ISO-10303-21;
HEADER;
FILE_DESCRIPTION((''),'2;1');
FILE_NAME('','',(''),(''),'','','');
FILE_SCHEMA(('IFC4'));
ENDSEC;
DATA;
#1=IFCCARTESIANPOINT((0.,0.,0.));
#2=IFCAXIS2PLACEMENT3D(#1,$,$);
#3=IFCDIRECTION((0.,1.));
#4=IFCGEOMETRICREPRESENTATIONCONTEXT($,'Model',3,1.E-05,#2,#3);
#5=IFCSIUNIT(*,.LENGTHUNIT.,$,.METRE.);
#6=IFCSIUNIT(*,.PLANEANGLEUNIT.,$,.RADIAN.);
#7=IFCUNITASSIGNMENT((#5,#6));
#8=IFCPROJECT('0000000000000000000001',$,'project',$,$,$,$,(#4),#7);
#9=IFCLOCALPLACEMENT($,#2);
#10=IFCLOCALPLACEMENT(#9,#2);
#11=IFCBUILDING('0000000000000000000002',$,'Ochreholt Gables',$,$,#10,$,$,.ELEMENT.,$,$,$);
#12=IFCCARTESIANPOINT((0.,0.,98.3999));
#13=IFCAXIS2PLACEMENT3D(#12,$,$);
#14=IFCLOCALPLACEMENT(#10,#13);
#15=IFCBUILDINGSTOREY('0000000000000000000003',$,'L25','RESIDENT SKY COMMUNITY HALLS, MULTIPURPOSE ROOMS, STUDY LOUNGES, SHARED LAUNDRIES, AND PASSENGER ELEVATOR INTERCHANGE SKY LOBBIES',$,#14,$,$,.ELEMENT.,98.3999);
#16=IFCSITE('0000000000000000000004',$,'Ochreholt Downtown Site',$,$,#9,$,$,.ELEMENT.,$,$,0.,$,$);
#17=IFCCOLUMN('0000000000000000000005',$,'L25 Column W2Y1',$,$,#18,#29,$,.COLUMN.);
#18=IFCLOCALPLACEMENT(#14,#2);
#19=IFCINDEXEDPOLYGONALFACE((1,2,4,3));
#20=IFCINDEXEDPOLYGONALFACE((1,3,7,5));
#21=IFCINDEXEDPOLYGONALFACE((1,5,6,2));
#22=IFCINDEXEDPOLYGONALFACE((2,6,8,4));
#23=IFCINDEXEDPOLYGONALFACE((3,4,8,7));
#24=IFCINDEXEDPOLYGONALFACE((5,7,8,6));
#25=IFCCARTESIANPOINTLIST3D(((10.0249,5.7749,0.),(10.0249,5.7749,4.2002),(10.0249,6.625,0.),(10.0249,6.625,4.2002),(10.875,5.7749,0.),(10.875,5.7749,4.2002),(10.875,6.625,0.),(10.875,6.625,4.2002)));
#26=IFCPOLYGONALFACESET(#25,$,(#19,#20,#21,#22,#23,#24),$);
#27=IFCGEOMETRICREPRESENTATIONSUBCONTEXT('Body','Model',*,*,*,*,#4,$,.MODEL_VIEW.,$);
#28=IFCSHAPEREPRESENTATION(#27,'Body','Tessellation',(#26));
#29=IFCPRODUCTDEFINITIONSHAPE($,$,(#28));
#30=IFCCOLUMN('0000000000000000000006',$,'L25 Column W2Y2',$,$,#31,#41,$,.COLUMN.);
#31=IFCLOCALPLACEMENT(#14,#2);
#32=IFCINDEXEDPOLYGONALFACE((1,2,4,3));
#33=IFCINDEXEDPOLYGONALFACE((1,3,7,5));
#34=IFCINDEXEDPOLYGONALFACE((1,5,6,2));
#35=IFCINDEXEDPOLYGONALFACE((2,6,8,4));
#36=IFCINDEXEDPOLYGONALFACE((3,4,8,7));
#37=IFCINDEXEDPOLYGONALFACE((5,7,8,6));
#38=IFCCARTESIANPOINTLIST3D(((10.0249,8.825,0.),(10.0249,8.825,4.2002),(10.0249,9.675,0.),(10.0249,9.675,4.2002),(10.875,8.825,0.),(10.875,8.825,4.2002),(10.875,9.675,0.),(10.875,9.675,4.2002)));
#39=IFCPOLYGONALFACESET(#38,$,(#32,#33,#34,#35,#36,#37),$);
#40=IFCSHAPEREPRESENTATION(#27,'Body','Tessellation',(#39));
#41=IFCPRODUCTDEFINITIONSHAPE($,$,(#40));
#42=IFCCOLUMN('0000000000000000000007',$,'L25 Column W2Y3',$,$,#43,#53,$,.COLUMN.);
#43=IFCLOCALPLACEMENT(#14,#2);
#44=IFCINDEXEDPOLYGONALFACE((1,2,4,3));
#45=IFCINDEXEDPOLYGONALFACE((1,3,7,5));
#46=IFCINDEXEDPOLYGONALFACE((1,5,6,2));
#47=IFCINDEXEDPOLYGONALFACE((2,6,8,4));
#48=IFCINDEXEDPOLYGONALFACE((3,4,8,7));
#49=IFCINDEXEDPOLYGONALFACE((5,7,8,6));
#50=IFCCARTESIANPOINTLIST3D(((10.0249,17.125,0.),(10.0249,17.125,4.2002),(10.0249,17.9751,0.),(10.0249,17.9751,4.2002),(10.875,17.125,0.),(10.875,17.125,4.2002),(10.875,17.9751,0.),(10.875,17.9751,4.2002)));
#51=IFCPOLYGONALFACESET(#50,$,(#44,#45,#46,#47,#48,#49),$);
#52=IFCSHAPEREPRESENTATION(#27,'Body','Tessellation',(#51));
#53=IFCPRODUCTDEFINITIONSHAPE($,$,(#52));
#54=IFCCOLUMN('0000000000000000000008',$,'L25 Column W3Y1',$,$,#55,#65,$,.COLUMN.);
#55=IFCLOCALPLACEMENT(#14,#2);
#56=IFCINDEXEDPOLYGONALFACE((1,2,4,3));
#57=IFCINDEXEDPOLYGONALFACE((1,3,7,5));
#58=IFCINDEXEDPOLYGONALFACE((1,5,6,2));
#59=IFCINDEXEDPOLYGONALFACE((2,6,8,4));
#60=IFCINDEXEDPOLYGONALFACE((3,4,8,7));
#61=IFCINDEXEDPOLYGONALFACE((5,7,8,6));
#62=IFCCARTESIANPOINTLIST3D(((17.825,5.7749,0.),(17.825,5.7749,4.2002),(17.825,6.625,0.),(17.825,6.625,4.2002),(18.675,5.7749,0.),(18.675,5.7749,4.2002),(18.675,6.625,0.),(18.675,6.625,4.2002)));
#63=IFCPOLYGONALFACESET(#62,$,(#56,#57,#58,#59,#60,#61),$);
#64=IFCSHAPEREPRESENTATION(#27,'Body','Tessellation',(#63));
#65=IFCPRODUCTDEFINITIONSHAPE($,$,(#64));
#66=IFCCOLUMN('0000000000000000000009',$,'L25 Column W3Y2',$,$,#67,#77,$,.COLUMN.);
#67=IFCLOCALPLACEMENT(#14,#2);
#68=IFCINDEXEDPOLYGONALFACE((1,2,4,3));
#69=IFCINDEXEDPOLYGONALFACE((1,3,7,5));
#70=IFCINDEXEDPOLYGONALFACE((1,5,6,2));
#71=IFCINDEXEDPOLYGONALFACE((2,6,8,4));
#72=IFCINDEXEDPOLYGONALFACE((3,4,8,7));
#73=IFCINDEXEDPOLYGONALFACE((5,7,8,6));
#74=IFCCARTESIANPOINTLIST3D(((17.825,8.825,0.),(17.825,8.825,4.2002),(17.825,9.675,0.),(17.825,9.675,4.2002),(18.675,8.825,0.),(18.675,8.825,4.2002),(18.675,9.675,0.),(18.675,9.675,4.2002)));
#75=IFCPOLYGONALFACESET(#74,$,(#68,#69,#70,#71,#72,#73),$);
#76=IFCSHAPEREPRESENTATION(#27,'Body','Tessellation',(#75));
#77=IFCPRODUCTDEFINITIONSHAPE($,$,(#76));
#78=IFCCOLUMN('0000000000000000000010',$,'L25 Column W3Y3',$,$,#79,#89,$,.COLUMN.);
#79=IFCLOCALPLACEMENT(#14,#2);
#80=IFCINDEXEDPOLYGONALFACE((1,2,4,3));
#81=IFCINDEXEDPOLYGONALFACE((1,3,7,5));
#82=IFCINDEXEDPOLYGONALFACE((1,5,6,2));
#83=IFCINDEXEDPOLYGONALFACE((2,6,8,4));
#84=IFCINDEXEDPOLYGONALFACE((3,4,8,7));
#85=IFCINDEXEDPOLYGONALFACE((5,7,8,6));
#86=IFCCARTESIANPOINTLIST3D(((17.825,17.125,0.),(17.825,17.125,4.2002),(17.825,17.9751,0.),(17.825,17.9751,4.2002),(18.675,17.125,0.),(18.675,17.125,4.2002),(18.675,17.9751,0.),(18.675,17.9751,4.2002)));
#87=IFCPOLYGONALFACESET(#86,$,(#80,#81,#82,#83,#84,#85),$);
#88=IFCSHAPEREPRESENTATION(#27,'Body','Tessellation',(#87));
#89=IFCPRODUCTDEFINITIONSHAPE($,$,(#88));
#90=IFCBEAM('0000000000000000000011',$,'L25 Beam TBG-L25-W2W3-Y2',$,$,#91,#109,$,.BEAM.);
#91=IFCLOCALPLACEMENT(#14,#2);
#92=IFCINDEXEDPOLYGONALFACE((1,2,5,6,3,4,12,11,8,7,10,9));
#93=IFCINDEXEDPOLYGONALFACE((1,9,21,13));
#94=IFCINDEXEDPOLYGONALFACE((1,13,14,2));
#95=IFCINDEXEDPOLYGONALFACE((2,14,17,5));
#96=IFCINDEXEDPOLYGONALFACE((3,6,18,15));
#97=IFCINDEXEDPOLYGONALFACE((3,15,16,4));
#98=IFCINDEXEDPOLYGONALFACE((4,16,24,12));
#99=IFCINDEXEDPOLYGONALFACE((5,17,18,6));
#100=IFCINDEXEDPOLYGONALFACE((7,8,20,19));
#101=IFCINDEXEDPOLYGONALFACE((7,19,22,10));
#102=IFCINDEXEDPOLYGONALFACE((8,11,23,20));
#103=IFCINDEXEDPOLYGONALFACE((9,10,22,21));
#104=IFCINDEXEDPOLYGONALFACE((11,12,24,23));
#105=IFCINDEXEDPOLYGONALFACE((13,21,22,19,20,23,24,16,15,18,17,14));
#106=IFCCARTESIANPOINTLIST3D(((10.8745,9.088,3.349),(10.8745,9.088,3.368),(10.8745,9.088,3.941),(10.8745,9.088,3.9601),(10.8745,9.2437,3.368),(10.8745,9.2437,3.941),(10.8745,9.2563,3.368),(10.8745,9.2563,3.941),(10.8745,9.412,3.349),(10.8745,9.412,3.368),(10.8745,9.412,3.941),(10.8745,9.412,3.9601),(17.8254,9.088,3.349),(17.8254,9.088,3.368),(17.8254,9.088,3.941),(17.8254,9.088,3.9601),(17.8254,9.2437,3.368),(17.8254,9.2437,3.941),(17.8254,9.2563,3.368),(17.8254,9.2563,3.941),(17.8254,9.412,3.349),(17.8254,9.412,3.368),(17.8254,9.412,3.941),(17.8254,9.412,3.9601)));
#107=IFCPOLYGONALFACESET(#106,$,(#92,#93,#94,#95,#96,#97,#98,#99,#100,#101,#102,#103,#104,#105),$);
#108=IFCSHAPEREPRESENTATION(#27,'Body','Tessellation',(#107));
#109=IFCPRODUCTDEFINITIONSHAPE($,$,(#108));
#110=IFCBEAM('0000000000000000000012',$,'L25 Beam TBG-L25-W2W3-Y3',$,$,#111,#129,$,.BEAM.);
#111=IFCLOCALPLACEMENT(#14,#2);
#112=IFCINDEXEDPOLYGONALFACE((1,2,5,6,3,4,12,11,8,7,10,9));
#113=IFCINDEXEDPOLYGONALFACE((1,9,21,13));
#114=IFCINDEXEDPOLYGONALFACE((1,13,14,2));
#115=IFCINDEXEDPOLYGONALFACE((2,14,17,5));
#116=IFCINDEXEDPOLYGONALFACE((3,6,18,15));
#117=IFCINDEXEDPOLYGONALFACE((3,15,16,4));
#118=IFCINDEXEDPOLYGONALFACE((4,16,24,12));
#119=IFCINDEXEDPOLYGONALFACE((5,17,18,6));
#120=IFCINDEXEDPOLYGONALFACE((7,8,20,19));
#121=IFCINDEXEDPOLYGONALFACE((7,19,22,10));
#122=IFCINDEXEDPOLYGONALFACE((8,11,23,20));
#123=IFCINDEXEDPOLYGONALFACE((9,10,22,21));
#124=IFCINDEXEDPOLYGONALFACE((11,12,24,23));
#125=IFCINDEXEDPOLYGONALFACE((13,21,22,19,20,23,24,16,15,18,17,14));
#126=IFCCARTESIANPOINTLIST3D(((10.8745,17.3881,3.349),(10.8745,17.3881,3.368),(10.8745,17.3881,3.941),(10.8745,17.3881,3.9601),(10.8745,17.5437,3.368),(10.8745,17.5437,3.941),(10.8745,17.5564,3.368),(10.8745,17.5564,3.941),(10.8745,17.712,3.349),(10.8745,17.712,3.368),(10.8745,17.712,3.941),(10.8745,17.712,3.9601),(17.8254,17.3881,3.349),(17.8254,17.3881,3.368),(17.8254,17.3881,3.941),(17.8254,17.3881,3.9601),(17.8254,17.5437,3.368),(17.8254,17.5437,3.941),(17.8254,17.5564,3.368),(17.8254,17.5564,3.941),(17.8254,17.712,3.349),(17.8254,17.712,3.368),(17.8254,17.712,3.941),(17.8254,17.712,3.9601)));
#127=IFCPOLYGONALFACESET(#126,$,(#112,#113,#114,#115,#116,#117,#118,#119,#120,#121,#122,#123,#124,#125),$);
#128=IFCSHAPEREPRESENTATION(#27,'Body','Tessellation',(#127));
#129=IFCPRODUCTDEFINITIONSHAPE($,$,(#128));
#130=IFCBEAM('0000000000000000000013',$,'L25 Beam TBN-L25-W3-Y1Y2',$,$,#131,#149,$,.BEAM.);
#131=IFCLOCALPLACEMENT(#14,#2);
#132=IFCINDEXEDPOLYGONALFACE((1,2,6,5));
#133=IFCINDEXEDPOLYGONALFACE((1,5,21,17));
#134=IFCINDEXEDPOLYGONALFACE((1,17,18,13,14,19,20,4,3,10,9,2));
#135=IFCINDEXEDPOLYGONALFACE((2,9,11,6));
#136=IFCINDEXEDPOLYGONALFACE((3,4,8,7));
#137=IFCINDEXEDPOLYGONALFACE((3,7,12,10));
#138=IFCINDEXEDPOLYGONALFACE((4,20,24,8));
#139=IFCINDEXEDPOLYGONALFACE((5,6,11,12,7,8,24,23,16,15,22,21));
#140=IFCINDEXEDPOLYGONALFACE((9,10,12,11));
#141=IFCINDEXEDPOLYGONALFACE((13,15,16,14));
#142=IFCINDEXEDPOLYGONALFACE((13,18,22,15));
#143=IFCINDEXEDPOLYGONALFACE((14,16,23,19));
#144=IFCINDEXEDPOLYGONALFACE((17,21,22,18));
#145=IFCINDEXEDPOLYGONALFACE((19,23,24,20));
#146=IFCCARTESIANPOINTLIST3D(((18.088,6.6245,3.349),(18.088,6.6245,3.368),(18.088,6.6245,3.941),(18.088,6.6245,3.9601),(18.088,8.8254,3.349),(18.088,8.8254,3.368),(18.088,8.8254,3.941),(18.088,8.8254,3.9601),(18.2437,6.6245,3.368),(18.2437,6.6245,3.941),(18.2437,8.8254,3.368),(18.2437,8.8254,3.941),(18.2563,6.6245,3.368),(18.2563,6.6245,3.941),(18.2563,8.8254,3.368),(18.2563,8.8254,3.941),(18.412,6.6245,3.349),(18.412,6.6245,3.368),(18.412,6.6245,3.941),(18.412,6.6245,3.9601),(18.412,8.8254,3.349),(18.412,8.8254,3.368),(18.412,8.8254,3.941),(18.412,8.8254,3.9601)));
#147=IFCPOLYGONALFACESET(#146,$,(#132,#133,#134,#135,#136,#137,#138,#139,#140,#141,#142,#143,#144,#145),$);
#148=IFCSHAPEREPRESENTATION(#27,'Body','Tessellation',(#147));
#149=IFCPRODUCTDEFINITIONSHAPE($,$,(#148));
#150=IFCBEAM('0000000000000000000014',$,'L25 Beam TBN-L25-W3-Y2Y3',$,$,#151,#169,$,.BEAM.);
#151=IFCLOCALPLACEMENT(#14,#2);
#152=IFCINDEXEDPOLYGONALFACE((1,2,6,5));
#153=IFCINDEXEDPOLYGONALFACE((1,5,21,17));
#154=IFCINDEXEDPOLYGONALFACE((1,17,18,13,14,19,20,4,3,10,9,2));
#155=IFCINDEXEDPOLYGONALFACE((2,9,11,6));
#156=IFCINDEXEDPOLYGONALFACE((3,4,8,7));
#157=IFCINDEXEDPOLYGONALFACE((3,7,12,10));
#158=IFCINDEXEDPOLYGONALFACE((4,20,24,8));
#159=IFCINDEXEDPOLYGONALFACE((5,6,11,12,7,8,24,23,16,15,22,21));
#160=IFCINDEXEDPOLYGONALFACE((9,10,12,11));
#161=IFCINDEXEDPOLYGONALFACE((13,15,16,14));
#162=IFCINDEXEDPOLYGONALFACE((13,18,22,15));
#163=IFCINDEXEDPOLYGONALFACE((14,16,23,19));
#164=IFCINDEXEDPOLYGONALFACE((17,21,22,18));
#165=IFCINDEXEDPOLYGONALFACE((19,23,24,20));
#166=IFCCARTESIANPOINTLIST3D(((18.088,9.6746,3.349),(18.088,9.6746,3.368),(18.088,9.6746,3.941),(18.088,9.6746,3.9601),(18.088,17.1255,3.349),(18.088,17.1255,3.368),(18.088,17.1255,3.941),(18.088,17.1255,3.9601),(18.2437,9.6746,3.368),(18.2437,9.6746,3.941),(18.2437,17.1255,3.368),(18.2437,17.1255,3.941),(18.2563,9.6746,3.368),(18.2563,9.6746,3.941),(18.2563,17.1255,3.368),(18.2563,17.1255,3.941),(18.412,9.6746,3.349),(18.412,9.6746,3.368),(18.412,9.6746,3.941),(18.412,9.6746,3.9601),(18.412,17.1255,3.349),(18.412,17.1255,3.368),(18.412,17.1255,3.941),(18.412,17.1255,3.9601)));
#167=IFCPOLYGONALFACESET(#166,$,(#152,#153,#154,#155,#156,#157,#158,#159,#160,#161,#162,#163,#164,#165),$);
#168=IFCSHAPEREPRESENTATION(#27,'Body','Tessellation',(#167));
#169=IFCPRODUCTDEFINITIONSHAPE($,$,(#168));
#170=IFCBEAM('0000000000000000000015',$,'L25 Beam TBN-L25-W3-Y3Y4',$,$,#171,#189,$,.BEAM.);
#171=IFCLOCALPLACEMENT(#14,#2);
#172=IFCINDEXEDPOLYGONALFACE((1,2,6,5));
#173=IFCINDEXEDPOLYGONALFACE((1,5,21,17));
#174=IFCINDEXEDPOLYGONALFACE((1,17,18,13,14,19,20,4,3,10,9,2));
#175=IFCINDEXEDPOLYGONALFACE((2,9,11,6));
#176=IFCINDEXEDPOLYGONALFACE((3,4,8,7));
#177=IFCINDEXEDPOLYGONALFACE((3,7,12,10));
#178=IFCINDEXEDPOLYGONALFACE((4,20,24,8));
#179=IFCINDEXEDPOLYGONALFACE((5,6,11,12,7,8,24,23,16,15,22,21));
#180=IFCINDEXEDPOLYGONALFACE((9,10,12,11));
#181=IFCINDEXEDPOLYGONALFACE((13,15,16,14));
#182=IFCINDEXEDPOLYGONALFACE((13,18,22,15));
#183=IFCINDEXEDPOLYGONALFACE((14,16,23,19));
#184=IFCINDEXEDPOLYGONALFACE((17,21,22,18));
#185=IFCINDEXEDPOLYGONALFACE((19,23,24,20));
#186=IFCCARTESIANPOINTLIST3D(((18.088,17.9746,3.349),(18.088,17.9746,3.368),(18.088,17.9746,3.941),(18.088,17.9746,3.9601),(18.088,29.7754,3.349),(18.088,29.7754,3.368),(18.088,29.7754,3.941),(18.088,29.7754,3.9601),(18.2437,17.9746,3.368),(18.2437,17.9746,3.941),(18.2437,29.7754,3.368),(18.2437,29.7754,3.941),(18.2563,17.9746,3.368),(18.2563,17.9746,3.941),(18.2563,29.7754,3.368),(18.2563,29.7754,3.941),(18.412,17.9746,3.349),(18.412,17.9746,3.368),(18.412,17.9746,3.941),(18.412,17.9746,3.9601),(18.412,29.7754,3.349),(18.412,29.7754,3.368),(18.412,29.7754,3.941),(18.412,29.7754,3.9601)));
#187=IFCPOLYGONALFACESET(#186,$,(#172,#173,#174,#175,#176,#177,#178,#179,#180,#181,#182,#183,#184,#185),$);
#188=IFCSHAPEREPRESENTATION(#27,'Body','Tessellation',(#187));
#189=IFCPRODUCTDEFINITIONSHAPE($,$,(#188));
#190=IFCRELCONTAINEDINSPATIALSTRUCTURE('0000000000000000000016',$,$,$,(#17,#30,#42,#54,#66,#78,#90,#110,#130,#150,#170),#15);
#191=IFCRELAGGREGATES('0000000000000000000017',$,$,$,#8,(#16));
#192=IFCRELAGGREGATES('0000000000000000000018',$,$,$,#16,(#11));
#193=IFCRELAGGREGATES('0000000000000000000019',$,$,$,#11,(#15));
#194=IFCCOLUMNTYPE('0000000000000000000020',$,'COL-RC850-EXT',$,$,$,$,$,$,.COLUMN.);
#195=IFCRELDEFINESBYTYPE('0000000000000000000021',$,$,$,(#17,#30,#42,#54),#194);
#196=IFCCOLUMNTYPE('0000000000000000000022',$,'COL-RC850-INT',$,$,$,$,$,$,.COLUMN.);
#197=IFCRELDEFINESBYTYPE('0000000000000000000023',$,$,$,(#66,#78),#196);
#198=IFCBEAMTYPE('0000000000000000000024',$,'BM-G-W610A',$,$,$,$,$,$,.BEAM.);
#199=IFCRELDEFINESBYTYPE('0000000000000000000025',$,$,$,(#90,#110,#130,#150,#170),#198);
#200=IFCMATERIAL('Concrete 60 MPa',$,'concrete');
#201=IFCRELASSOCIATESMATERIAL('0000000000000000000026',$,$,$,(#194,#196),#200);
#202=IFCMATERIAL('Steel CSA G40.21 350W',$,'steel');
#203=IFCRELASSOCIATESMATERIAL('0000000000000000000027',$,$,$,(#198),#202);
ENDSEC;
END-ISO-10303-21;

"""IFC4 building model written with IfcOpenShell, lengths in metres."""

from ifc_helpers import new_model, si_unit, direction, frame, origin, origin_2d, place, context, subcontext, project, spatial, rectangle, i_section, extrude, material, material_profile, profile_set, type_object, element, save


model = new_model("IFC4")

# Units and contexts
model_context = context("Model", 3, precision=1e-05, world=origin(), true_north=direction((0.0, 1.0)))
body_context = subcontext(model_context, "Body", "Model", "MODEL_VIEW")
ifc_project = project(units=[si_unit("LENGTHUNIT", "METRE"), si_unit("PLANEANGLEUNIT", "RADIAN")], contexts=[model_context])

# Site, building, storey
site_placement = place(None, origin())
site = spatial("IfcSite", under=ifc_project, at=site_placement, Name="Ochreholt Downtown Site", CompositionType="ELEMENT", RefElevation=0.0)
building_placement = place(site_placement, origin())
building = spatial("IfcBuilding", under=site, at=building_placement, Name="Ochreholt Gables", CompositionType="ELEMENT")
storey_placement = place(building_placement, frame((0.0, 0.0, 98.3999)))
storey = spatial("IfcBuildingStorey", under=building, at=storey_placement, Name="L25", Description="RESIDENT SKY COMMUNITY HALLS, MULTIPURPOSE ROOMS, STUDY LOUNGES, SHARED LAUNDRIES, AND PASSENGER ELEVATOR INTERCHANGE SKY LOBBIES", CompositionType="ELEMENT", Elevation=98.3999)

# Columns
ifc_material_1 = material(Name="Concrete 60 MPa", Category="concrete")
ifc_material_profile_1 = material_profile(ifc_material_1, rectangle(XDim=0.8501, YDim=0.8501, at=origin_2d()), Name="RC850X850")
ifc_profile_set_1 = profile_set([ifc_material_profile_1], Name="Concrete 60 MPa")
column_type_1 = type_object("IfcColumnType", Name="COL-RC850-EXT", PredefinedType="COLUMN", material=ifc_profile_set_1)
for number, where, z_axis, x_axis, name in (
    (1, (10.45, 6.2, 0.0), (0.0, 0.0, 1.0), (1.0, 0.0, 0.0), "L25 Column W2Y1"),
    (2, (10.45, 9.25, 0.0), (0.0, 0.0, 1.0), (1.0, 0.0, 0.0), "L25 Column W2Y2"),
    (3, (10.45, 17.55, 0.0), (0.0, 0.0, 1.0), (1.0, 0.0, 0.0), "L25 Column W2Y3"),
    (4, (18.25, 6.2, 0.0), (0.0, 0.0, 1.0), (1.0, 0.0, 0.0), "L25 Column W3Y1"),
):
    element("IfcColumn", number, at=place(storey_placement, frame(where, z_axis=z_axis, x_axis=x_axis)), inside=storey, type_object=column_type_1, Name=name, PredefinedType="COLUMN", context=body_context, shape_type="SweptSolid", body=[
        extrude(rectangle(XDim=0.8501, YDim=0.8501, at=origin_2d()), origin(), (0.0, 0.0, 1.0), 4.2002),
    ])
ifc_material_profile_2 = material_profile(ifc_material_1, rectangle(XDim=0.8501, YDim=0.8501, at=origin_2d()), Name="RC850X850")
ifc_profile_set_2 = profile_set([ifc_material_profile_2], Name="Concrete 60 MPa")
column_type_2 = type_object("IfcColumnType", Name="COL-RC850-INT", PredefinedType="COLUMN", material=ifc_profile_set_2)
for number, where, z_axis, x_axis, name in (
    (5, (18.25, 9.25, 0.0), (0.0, 0.0, 1.0), (1.0, 0.0, 0.0), "L25 Column W3Y2"),
    (6, (18.25, 17.55, 0.0), (0.0, 0.0, 1.0), (1.0, 0.0, 0.0), "L25 Column W3Y3"),
):
    element("IfcColumn", number, at=place(storey_placement, frame(where, z_axis=z_axis, x_axis=x_axis)), inside=storey, type_object=column_type_2, Name=name, PredefinedType="COLUMN", context=body_context, shape_type="SweptSolid", body=[
        extrude(rectangle(XDim=0.8501, YDim=0.8501, at=origin_2d()), origin(), (0.0, 0.0, 1.0), 4.2002),
    ])

# Beams
ifc_material_2 = material(Name="Steel CSA G40.21 350W", Category="steel")
ifc_material_profile_3 = material_profile(ifc_material_2, i_section(OverallWidth=0.324, OverallDepth=0.6111, WebThickness=0.0127, FlangeThickness=0.019, at=origin_2d()), Name="W610X155")
ifc_profile_set_3 = profile_set([ifc_material_profile_3], Name="Steel CSA G40.21 350W")
beam_type_1 = type_object("IfcBeamType", Name="BM-G-W610A", PredefinedType="BEAM", material=ifc_profile_set_3)
for number, where, z_axis, x_axis, name in (
    (7, (10.8745, 9.25, 3.6545), (1.0, 0.0, 0.0), (0.0, 1.0, 0.0), "L25 Beam TBG-L25-W2W3-Y2"),
    (8, (10.8745, 17.55, 3.6545), (1.0, 0.0, 0.0), (0.0, 1.0, 0.0), "L25 Beam TBG-L25-W2W3-Y3"),
):
    element("IfcBeam", number, at=place(storey_placement, frame(where, z_axis=z_axis, x_axis=x_axis)), inside=storey, type_object=beam_type_1, Name=name, PredefinedType="BEAM", context=body_context, shape_type="SweptSolid", body=[
        extrude(i_section(OverallWidth=0.324, OverallDepth=0.6111, WebThickness=0.0127, FlangeThickness=0.019, at=origin_2d()), origin(), (0.0, 0.0, 1.0), 6.9509),
    ])
beam_1_placement = place(storey_placement, frame((18.25, 6.6245, 3.6545), z_axis=(0.0, 1.0, 0.0), x_axis=(-1.0, 0.0, 0.0)))
element("IfcBeam", 9, at=beam_1_placement, inside=storey, type_object=beam_type_1, Name="L25 Beam TBN-L25-W3-Y1Y2", PredefinedType="BEAM", context=body_context, shape_type="SweptSolid", body=[
    extrude(i_section(OverallWidth=0.324, OverallDepth=0.6111, WebThickness=0.0127, FlangeThickness=0.019, at=origin_2d()), origin(), (0.0, 0.0, 1.0), 2.2009),
])
beam_2_placement = place(storey_placement, frame((18.25, 9.6746, 3.6545), z_axis=(0.0, 1.0, 0.0), x_axis=(-1.0, 0.0, 0.0)))
element("IfcBeam", 10, at=beam_2_placement, inside=storey, type_object=beam_type_1, Name="L25 Beam TBN-L25-W3-Y2Y3", PredefinedType="BEAM", context=body_context, shape_type="SweptSolid", body=[
    extrude(i_section(OverallWidth=0.324, OverallDepth=0.6111, WebThickness=0.0127, FlangeThickness=0.019, at=origin_2d()), origin(), (0.0, 0.0, 1.0), 7.4509),
])
beam_3_placement = place(storey_placement, frame((18.25, 17.9746, 3.6545), z_axis=(0.0, 1.0, 0.0), x_axis=(-1.0, 0.0, 0.0)))
element("IfcBeam", 11, at=beam_3_placement, inside=storey, type_object=beam_type_1, Name="L25 Beam TBN-L25-W3-Y3Y4", PredefinedType="BEAM", context=body_context, shape_type="SweptSolid", body=[
    extrude(i_section(OverallWidth=0.324, OverallDepth=0.6111, WebThickness=0.0127, FlangeThickness=0.019, at=origin_2d()), origin(), (0.0, 0.0, 1.0), 11.8008),
])

save(model, "model.ifc")
